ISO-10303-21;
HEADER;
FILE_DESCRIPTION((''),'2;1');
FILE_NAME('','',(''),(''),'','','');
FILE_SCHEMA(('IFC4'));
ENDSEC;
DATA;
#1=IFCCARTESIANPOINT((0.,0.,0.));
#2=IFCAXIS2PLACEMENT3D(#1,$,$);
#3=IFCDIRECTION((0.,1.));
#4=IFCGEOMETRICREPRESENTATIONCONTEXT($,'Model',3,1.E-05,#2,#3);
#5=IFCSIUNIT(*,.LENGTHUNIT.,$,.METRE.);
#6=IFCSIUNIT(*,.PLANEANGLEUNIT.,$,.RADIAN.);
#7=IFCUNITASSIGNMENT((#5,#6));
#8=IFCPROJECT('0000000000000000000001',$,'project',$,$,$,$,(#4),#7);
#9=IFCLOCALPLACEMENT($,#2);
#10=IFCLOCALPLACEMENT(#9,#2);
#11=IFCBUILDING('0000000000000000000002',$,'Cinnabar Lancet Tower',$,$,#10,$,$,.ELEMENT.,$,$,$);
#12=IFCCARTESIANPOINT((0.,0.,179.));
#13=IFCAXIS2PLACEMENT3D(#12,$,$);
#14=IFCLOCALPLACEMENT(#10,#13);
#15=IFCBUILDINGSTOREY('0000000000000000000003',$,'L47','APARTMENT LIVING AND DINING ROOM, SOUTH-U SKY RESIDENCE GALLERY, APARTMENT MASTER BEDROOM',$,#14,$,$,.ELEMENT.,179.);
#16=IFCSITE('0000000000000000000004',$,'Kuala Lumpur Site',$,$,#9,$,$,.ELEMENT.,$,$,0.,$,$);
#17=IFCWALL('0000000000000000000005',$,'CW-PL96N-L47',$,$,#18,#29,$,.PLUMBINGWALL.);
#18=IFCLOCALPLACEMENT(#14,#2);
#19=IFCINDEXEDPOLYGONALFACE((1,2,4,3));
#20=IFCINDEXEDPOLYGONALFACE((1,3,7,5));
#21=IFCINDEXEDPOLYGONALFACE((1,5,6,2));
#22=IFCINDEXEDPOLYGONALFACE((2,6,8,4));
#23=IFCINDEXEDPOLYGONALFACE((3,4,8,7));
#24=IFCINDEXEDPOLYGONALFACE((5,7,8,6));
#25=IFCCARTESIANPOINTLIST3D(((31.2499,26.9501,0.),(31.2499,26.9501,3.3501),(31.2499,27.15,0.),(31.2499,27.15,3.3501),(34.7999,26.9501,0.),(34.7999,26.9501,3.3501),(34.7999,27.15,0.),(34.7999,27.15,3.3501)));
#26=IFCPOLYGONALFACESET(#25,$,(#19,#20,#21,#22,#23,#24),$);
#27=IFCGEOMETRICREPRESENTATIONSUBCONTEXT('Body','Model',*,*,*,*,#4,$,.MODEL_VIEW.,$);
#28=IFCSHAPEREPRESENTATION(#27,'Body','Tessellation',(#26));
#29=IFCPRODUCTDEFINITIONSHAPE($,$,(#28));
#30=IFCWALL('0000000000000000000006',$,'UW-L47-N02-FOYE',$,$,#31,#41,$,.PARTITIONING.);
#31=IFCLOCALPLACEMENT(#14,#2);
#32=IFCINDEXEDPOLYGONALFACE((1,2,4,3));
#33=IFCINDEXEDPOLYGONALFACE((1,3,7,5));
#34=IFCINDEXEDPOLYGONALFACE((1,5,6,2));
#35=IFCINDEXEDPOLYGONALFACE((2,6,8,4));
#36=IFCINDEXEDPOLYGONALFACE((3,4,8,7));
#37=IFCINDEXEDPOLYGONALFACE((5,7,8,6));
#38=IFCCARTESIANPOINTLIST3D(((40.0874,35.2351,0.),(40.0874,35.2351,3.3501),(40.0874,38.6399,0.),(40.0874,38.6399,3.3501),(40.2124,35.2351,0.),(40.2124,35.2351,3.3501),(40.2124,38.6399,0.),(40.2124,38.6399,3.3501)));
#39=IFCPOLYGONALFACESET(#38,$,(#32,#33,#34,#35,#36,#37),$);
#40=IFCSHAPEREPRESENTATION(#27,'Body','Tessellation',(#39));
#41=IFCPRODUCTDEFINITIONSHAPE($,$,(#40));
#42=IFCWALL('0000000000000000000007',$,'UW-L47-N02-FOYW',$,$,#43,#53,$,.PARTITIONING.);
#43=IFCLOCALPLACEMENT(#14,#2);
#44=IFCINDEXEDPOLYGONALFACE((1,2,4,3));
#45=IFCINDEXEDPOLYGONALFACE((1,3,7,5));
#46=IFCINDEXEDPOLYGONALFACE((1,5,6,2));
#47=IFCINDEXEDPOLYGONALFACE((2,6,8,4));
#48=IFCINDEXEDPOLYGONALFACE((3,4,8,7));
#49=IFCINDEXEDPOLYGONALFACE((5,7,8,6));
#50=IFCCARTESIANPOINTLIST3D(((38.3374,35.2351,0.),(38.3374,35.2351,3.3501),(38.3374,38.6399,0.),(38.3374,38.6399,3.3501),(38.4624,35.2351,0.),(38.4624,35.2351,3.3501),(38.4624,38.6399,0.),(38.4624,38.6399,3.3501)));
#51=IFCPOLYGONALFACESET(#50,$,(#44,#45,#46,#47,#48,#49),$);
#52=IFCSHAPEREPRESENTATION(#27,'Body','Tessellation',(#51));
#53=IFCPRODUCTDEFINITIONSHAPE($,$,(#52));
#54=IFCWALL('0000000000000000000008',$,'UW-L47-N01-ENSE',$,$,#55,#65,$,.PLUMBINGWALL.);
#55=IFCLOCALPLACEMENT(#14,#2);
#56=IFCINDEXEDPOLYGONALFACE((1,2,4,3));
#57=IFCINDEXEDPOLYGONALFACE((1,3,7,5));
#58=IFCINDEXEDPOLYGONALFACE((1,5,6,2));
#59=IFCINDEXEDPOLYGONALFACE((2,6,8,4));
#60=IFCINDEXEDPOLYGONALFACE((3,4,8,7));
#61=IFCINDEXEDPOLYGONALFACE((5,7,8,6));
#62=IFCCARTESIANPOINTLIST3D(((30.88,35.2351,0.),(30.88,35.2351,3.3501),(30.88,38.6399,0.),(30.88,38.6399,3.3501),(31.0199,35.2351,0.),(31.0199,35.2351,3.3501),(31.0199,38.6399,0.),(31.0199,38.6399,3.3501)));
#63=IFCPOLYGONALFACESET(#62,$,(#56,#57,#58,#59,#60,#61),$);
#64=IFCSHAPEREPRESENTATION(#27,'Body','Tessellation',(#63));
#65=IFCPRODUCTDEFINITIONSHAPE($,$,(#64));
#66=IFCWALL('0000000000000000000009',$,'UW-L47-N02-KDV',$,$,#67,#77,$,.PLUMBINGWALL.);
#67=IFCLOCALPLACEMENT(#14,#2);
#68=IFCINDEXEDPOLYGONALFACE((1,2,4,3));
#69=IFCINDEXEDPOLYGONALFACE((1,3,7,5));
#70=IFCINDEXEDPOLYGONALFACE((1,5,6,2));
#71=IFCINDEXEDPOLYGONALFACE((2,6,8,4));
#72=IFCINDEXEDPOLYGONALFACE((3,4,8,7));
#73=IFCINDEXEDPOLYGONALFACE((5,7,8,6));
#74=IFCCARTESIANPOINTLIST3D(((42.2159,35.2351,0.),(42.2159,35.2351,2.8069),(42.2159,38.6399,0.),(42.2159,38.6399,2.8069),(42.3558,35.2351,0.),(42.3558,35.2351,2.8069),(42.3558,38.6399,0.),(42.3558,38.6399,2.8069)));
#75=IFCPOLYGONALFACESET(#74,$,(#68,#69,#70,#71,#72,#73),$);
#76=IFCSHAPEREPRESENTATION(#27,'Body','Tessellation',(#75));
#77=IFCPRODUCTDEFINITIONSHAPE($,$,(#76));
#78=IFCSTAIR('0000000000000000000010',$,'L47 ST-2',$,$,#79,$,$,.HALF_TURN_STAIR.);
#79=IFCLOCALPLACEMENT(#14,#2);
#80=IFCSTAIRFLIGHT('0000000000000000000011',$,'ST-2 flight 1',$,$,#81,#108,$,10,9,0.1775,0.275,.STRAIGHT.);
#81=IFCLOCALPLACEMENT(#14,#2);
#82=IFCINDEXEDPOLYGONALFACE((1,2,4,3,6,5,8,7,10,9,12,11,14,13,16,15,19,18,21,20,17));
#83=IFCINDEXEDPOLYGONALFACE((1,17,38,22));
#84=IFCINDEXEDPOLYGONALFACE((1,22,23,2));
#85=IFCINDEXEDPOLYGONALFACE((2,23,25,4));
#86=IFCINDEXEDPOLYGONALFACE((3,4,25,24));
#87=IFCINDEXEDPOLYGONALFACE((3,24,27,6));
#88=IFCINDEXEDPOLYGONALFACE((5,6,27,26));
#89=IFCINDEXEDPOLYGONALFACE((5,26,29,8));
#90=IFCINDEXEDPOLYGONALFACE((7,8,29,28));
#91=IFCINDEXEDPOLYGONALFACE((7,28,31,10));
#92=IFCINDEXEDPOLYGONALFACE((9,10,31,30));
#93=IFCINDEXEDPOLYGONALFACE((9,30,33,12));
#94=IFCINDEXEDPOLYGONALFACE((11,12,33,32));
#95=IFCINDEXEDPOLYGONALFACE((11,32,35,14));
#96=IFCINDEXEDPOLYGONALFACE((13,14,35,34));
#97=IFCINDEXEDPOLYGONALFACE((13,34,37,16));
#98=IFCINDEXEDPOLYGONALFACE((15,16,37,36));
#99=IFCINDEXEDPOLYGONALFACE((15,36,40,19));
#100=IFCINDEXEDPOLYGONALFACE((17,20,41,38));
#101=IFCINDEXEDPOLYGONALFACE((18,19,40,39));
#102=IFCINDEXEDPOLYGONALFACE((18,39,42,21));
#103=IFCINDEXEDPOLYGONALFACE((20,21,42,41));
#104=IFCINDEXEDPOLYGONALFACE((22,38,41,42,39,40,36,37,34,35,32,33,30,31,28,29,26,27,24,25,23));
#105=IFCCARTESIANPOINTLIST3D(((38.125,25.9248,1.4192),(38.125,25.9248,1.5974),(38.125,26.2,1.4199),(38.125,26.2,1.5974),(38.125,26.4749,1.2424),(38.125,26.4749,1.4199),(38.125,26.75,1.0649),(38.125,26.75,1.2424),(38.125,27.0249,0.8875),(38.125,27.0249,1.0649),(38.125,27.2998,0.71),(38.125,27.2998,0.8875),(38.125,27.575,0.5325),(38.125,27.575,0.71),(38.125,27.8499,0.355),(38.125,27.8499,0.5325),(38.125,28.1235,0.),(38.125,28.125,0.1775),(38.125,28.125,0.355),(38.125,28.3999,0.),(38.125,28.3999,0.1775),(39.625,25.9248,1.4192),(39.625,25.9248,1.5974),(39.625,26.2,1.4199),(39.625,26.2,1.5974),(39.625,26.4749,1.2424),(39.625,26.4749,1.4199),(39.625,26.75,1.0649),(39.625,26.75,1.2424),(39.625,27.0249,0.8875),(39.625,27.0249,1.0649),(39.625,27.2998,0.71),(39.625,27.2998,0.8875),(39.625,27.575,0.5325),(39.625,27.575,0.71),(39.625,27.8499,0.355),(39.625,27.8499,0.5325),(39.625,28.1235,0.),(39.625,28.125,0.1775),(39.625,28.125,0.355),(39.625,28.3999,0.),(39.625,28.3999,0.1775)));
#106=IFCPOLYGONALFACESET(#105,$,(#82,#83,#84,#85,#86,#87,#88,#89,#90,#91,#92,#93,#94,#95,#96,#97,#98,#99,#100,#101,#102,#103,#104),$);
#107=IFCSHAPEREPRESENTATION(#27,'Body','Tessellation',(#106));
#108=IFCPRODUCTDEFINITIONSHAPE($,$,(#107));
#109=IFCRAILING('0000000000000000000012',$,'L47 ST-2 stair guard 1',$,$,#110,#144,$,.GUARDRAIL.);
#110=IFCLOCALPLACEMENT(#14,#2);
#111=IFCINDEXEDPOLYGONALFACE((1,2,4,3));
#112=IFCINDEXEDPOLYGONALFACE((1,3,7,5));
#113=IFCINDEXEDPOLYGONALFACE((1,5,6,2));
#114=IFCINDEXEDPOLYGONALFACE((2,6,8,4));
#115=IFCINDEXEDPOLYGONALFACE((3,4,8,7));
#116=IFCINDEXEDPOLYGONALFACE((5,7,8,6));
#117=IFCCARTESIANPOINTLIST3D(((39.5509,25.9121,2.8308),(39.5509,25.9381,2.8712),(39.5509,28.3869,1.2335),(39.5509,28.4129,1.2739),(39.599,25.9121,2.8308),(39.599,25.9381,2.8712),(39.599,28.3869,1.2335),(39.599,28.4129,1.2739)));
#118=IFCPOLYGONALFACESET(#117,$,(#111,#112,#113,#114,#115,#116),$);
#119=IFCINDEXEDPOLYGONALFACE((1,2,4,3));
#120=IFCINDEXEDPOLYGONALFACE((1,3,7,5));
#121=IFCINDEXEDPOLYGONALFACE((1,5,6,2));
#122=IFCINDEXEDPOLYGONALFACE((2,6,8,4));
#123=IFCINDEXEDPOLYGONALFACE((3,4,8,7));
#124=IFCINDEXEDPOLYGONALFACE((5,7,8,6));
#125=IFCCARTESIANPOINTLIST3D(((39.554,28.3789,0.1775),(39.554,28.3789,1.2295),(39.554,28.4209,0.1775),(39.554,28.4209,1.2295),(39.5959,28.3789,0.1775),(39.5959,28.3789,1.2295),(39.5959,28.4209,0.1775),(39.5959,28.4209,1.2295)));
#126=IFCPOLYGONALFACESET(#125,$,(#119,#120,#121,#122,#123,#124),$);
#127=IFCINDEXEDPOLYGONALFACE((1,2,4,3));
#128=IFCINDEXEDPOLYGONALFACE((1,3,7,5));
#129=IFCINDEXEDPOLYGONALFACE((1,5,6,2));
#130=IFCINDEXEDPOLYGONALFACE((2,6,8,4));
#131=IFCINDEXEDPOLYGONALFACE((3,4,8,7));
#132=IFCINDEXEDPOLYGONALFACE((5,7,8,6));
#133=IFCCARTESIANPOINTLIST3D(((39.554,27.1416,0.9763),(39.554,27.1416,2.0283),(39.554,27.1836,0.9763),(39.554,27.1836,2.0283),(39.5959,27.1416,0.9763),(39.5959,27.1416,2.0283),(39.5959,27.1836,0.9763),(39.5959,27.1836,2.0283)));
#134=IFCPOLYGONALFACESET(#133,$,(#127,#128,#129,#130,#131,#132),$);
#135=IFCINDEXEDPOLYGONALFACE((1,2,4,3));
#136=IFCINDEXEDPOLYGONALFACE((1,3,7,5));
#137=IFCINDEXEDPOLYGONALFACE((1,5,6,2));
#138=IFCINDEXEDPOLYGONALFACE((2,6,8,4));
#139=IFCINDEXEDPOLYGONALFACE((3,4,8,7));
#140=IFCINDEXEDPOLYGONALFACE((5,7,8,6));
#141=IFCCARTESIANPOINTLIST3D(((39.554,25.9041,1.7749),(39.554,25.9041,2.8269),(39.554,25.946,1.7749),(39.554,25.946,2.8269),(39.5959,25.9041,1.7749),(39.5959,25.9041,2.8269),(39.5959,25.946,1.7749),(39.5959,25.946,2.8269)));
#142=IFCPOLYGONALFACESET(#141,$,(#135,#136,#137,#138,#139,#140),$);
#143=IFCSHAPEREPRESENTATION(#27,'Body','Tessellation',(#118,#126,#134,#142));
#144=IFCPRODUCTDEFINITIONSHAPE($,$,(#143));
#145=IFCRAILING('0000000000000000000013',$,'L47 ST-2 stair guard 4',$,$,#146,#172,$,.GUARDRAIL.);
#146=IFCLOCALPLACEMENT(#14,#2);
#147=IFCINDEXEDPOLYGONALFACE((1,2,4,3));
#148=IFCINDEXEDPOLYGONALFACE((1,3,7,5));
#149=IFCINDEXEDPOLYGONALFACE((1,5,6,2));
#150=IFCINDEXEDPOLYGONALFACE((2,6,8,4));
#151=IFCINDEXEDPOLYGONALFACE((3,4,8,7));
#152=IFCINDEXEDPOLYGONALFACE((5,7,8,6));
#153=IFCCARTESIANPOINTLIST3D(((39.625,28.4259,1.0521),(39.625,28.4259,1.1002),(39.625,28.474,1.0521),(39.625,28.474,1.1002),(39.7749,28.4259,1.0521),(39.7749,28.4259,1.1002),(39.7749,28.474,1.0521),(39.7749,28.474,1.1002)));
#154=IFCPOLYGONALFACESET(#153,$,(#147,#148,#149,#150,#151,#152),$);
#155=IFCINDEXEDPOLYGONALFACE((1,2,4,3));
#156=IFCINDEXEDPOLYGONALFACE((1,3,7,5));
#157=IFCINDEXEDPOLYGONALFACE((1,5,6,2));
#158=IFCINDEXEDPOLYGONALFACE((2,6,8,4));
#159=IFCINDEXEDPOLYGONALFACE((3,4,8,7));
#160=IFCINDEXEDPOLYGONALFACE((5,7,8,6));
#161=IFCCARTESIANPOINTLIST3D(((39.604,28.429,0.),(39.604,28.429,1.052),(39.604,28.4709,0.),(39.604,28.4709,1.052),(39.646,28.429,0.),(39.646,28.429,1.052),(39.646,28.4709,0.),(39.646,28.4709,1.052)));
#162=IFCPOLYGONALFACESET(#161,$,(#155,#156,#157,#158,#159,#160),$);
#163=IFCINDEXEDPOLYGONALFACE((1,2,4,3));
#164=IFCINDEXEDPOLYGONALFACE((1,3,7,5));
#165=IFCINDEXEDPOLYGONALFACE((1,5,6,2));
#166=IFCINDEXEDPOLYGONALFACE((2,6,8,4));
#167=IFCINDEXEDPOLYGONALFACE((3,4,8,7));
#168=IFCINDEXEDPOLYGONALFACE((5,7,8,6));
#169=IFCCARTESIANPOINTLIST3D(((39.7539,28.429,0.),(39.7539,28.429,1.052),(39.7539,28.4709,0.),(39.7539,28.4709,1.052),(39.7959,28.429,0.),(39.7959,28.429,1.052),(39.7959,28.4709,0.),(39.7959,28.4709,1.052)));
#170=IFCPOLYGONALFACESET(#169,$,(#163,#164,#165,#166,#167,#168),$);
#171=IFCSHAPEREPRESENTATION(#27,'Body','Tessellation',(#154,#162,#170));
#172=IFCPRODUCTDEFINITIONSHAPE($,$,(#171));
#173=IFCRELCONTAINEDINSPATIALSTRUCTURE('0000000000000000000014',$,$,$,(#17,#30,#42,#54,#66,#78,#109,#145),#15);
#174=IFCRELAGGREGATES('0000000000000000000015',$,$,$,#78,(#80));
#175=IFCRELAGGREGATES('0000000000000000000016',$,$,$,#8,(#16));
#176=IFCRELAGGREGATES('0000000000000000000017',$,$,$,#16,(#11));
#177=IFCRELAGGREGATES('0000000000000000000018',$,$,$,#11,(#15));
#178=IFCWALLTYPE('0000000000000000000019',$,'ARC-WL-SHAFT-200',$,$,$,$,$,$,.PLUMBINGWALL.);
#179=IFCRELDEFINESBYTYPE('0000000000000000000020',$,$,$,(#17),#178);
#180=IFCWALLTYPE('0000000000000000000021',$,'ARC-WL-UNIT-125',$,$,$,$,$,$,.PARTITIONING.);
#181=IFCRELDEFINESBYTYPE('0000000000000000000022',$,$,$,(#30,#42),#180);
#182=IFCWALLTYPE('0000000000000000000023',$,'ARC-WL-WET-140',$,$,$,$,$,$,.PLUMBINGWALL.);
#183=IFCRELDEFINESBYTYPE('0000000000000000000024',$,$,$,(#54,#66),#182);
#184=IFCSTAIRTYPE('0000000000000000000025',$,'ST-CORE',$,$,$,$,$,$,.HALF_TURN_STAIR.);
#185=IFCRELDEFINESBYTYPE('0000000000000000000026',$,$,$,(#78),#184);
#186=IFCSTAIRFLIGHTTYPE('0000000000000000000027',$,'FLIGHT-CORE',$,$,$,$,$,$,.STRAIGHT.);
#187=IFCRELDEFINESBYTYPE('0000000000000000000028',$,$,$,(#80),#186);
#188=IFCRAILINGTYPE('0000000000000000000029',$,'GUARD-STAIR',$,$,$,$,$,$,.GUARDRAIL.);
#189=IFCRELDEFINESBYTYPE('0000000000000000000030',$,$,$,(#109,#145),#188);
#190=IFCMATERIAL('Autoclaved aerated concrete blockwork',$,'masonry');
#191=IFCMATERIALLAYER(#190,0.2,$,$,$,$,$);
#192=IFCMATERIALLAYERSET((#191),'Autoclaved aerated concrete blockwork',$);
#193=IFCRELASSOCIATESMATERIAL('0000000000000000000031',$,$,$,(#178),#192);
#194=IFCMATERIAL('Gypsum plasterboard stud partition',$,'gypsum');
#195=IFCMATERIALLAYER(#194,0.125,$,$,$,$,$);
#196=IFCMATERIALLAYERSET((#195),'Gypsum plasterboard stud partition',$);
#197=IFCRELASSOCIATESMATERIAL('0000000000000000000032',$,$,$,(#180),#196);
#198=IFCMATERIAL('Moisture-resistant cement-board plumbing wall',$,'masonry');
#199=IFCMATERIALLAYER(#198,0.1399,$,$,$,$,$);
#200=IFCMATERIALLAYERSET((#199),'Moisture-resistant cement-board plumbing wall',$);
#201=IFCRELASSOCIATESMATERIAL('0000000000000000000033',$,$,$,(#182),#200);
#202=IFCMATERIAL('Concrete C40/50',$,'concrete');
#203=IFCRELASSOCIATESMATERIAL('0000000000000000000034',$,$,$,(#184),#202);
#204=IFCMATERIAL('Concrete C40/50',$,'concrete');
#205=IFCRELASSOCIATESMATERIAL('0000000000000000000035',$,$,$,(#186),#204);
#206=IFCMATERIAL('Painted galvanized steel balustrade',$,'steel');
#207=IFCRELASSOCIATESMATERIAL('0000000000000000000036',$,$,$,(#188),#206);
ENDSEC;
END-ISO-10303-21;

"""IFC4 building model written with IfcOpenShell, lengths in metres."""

from ifc_helpers import new_model, si_unit, direction, frame, frame_2d, origin, origin_2d, place, context, subcontext, project, spatial, polyline, rectangle, outline, extrude, material, layer, layer_set, type_object, element, aggregate, save


model = new_model("IFC4")

# Units and contexts
model_context = context("Model", 3, precision=1e-05, world=origin(), true_north=direction((0.0, 1.0)))
body_context = subcontext(model_context, "Body", "Model", "MODEL_VIEW")
ifc_project = project(units=[si_unit("LENGTHUNIT", "METRE"), si_unit("PLANEANGLEUNIT", "RADIAN")], contexts=[model_context])

# Site, building, storey
site_placement = place(None, origin())
site = spatial("IfcSite", under=ifc_project, at=site_placement, Name="Kuala Lumpur Site", CompositionType="ELEMENT", RefElevation=0.0)
building_placement = place(site_placement, origin())
building = spatial("IfcBuilding", under=site, at=building_placement, Name="Cinnabar Lancet Tower", CompositionType="ELEMENT")
storey_placement = place(building_placement, frame((0.0, 0.0, 179.0)))
storey = spatial("IfcBuildingStorey", under=building, at=storey_placement, Name="L47", Description="APARTMENT LIVING AND DINING ROOM, SOUTH-U SKY RESIDENCE GALLERY, APARTMENT MASTER BEDROOM", CompositionType="ELEMENT", Elevation=179.0)

# Shared definitions
ifc_material_1 = material(Name="Autoclaved aerated concrete blockwork", Category="masonry")
ifc_layer_1 = layer(ifc_material_1, 0.2)
ifc_layer_set_1 = layer_set([ifc_layer_1], Name="Autoclaved aerated concrete blockwork")
wall_type_1 = type_object("IfcWallType", Name="ARC-WL-SHAFT-200", PredefinedType="PLUMBINGWALL", material=ifc_layer_set_1)

# Walls
wall_1_placement = place(storey_placement, frame((31.25, 27.05, 0.0), z_axis=(0.0, 0.0, 1.0), x_axis=(1.0, 0.0, 0.0)))
element("IfcWall", 1, at=wall_1_placement, inside=storey, type_object=wall_type_1, Name="CW-PL96N-L47", PredefinedType="PLUMBINGWALL", context=body_context, shape_type="SweptSolid", body=[
    extrude(rectangle(XDim=3.55, YDim=0.2, at=frame_2d((1.7749, 0.0))), origin(), (0.0, 0.0, 1.0), 3.3501),
])
ifc_material_2 = material(Name="Gypsum plasterboard stud partition", Category="gypsum")
ifc_layer_2 = layer(ifc_material_2, 0.125)
ifc_layer_set_2 = layer_set([ifc_layer_2], Name="Gypsum plasterboard stud partition")
wall_type_2 = type_object("IfcWallType", Name="ARC-WL-UNIT-125", PredefinedType="PARTITIONING", material=ifc_layer_set_2)
for number, where, z_axis, x_axis, name in (
    (2, (40.1499, 35.2351, 0.0), (0.0, 0.0, 1.0), (0.0, 1.0, 0.0), "UW-L47-N02-FOYE"),
    (3, (38.3999, 35.2351, 0.0), (0.0, 0.0, 1.0), (0.0, 1.0, 0.0), "UW-L47-N02-FOYW"),
):
    element("IfcWall", number, at=place(storey_placement, frame(where, z_axis=z_axis, x_axis=x_axis)), inside=storey, type_object=wall_type_2, Name=name, PredefinedType="PARTITIONING", context=body_context, shape_type="SweptSolid", body=[
        extrude(rectangle(XDim=3.4048, YDim=0.125, at=frame_2d((1.7024, 0.0))), origin(), (0.0, 0.0, 1.0), 3.3501),
    ])
ifc_material_3 = material(Name="Moisture-resistant cement-board plumbing wall", Category="masonry")
ifc_layer_3 = layer(ifc_material_3, 0.1399)
ifc_layer_set_3 = layer_set([ifc_layer_3], Name="Moisture-resistant cement-board plumbing wall")
wall_type_3 = type_object("IfcWallType", Name="ARC-WL-WET-140", PredefinedType="PLUMBINGWALL", material=ifc_layer_set_3)
wall_2_placement = place(storey_placement, frame((30.95, 35.2351, 0.0), z_axis=(0.0, 0.0, 1.0), x_axis=(0.0, 1.0, 0.0)))
element("IfcWall", 4, at=wall_2_placement, inside=storey, type_object=wall_type_3, Name="UW-L47-N01-ENSE", PredefinedType="PLUMBINGWALL", context=body_context, shape_type="SweptSolid", body=[
    extrude(rectangle(XDim=3.4048, YDim=0.1399, at=frame_2d((1.7024, 0.0))), origin(), (0.0, 0.0, 1.0), 3.3501),
])
wall_3_placement = place(storey_placement, frame((42.2859, 35.2351, 0.0), z_axis=(0.0, 0.0, 1.0), x_axis=(0.0, 1.0, 0.0)))
element("IfcWall", 5, at=wall_3_placement, inside=storey, type_object=wall_type_3, Name="UW-L47-N02-KDV", PredefinedType="PLUMBINGWALL", context=body_context, shape_type="SweptSolid", body=[
    extrude(rectangle(XDim=3.4048, YDim=0.1399, at=frame_2d((1.7024, 0.0))), origin(), (0.0, 0.0, 1.0), 2.8069),
])

# Stair, stair flight
ifc_material_4 = material(Name="Concrete C40/50", Category="concrete")
stair_type = type_object("IfcStairType", Name="ST-CORE", PredefinedType="HALF_TURN_STAIR", material=ifc_material_4)
stair_placement = place(storey_placement, origin())
stair = element("IfcStair", 6, at=stair_placement, inside=storey, type_object=stair_type, Name="L47 ST-2", PredefinedType="HALF_TURN_STAIR")
ifc_material_5 = material(Name="Concrete C40/50", Category="concrete")
stair_flight_type = type_object("IfcStairFlightType", Name="FLIGHT-CORE", PredefinedType="STRAIGHT", material=ifc_material_5)
stair_flight_placement = place(storey_placement, frame((38.875, 28.3999, 0.0), z_axis=(0.0, 0.0, 1.0), x_axis=(0.0, -1.0, 0.0)))
stair_flight = element("IfcStairFlight", 7, at=stair_flight_placement, type_object=stair_flight_type, Name="ST-2 flight 1", NumberOfRisers=10, NumberOfTreads=9, PredefinedType="STRAIGHT", RiserHeight=0.1775, TreadLength=0.275, context=body_context, shape_type="SweptSolid", body=[
    extrude(outline(polyline([(0.0, 0.0), (0.0, 0.1775), (0.2749, 0.1775), (0.2749, 0.355), (0.55, 0.355), (0.55, 0.5325), (0.825, 0.5325), (0.825, 0.71), (1.1001, 0.71), (1.1001, 0.8875), (1.375, 0.8875), (1.375, 1.0649), (1.6499, 1.0649), (1.6499, 1.2424), (1.925, 1.2424), (1.925, 1.4199), (2.2, 1.4199), (2.2, 1.5974), (2.4751, 1.5974), (2.4751, 1.7749), (2.4751, 1.4192), (0.2764, 0.0), (0.0, 0.0)])), frame((0.0, 0.75, 0.0), z_axis=(0.0, -1.0, 0.0), x_axis=(1.0, 0.0, 0.0)), (0.0, 0.0, 1.0), 1.5),
])
aggregate(stair, [stair_flight])

# Railings
ifc_material_6 = material(Name="Painted galvanized steel balustrade", Category="steel")
railing_type_1 = type_object("IfcRailingType", Name="GUARD-STAIR", PredefinedType="GUARDRAIL", material=ifc_material_6)
railing_1_placement = place(storey_placement, frame((39.575, 28.3999, 0.1775)))
element("IfcRailing", 8, at=railing_1_placement, inside=storey, type_object=railing_type_1, Name="L47 ST-2 stair guard 1", PredefinedType="GUARDRAIL", context=body_context, shape_type="SweptSolid", body=[
    extrude(rectangle(XDim=0.0481, YDim=0.0481, at=origin_2d()), frame((0.0, 0.0, 1.0762), z_axis=(0.0, -0.840183, 0.542302), x_axis=(1.0, 0.0, 0.0)), (0.0, 0.0, 1.0), 2.9456),
    extrude(rectangle(XDim=0.042, YDim=0.042, at=origin_2d()), origin(), (0.0, 0.0, 1.0), 1.052),
    extrude(rectangle(XDim=0.042, YDim=0.042, at=origin_2d()), frame((0.0, -1.2373, 0.7988)), (0.0, 0.0, 1.0), 1.052),
    extrude(rectangle(XDim=0.042, YDim=0.042, at=origin_2d()), frame((0.0, -2.4749, 1.5974)), (0.0, 0.0, 1.0), 1.052),
])
railing_2_placement = place(storey_placement, frame((39.625, 28.45, 0.0)))
element("IfcRailing", 9, at=railing_2_placement, inside=storey, type_object=railing_type_1, Name="L47 ST-2 stair guard 4", PredefinedType="GUARDRAIL", context=body_context, shape_type="SweptSolid", body=[
    extrude(rectangle(XDim=0.0481, YDim=0.0481, at=origin_2d()), frame((0.0, 0.0, 1.0762), z_axis=(1.0, 0.0, 0.0), x_axis=(0.0, 1.0, 0.0)), (0.0, 0.0, 1.0), 0.1499),
    extrude(rectangle(XDim=0.042, YDim=0.042, at=origin_2d()), origin(), (0.0, 0.0, 1.0), 1.052),
    extrude(rectangle(XDim=0.042, YDim=0.042, at=origin_2d()), frame((0.1499, 0.0, 0.0)), (0.0, 0.0, 1.0), 1.052),
])

save(model, "model.ifc")
